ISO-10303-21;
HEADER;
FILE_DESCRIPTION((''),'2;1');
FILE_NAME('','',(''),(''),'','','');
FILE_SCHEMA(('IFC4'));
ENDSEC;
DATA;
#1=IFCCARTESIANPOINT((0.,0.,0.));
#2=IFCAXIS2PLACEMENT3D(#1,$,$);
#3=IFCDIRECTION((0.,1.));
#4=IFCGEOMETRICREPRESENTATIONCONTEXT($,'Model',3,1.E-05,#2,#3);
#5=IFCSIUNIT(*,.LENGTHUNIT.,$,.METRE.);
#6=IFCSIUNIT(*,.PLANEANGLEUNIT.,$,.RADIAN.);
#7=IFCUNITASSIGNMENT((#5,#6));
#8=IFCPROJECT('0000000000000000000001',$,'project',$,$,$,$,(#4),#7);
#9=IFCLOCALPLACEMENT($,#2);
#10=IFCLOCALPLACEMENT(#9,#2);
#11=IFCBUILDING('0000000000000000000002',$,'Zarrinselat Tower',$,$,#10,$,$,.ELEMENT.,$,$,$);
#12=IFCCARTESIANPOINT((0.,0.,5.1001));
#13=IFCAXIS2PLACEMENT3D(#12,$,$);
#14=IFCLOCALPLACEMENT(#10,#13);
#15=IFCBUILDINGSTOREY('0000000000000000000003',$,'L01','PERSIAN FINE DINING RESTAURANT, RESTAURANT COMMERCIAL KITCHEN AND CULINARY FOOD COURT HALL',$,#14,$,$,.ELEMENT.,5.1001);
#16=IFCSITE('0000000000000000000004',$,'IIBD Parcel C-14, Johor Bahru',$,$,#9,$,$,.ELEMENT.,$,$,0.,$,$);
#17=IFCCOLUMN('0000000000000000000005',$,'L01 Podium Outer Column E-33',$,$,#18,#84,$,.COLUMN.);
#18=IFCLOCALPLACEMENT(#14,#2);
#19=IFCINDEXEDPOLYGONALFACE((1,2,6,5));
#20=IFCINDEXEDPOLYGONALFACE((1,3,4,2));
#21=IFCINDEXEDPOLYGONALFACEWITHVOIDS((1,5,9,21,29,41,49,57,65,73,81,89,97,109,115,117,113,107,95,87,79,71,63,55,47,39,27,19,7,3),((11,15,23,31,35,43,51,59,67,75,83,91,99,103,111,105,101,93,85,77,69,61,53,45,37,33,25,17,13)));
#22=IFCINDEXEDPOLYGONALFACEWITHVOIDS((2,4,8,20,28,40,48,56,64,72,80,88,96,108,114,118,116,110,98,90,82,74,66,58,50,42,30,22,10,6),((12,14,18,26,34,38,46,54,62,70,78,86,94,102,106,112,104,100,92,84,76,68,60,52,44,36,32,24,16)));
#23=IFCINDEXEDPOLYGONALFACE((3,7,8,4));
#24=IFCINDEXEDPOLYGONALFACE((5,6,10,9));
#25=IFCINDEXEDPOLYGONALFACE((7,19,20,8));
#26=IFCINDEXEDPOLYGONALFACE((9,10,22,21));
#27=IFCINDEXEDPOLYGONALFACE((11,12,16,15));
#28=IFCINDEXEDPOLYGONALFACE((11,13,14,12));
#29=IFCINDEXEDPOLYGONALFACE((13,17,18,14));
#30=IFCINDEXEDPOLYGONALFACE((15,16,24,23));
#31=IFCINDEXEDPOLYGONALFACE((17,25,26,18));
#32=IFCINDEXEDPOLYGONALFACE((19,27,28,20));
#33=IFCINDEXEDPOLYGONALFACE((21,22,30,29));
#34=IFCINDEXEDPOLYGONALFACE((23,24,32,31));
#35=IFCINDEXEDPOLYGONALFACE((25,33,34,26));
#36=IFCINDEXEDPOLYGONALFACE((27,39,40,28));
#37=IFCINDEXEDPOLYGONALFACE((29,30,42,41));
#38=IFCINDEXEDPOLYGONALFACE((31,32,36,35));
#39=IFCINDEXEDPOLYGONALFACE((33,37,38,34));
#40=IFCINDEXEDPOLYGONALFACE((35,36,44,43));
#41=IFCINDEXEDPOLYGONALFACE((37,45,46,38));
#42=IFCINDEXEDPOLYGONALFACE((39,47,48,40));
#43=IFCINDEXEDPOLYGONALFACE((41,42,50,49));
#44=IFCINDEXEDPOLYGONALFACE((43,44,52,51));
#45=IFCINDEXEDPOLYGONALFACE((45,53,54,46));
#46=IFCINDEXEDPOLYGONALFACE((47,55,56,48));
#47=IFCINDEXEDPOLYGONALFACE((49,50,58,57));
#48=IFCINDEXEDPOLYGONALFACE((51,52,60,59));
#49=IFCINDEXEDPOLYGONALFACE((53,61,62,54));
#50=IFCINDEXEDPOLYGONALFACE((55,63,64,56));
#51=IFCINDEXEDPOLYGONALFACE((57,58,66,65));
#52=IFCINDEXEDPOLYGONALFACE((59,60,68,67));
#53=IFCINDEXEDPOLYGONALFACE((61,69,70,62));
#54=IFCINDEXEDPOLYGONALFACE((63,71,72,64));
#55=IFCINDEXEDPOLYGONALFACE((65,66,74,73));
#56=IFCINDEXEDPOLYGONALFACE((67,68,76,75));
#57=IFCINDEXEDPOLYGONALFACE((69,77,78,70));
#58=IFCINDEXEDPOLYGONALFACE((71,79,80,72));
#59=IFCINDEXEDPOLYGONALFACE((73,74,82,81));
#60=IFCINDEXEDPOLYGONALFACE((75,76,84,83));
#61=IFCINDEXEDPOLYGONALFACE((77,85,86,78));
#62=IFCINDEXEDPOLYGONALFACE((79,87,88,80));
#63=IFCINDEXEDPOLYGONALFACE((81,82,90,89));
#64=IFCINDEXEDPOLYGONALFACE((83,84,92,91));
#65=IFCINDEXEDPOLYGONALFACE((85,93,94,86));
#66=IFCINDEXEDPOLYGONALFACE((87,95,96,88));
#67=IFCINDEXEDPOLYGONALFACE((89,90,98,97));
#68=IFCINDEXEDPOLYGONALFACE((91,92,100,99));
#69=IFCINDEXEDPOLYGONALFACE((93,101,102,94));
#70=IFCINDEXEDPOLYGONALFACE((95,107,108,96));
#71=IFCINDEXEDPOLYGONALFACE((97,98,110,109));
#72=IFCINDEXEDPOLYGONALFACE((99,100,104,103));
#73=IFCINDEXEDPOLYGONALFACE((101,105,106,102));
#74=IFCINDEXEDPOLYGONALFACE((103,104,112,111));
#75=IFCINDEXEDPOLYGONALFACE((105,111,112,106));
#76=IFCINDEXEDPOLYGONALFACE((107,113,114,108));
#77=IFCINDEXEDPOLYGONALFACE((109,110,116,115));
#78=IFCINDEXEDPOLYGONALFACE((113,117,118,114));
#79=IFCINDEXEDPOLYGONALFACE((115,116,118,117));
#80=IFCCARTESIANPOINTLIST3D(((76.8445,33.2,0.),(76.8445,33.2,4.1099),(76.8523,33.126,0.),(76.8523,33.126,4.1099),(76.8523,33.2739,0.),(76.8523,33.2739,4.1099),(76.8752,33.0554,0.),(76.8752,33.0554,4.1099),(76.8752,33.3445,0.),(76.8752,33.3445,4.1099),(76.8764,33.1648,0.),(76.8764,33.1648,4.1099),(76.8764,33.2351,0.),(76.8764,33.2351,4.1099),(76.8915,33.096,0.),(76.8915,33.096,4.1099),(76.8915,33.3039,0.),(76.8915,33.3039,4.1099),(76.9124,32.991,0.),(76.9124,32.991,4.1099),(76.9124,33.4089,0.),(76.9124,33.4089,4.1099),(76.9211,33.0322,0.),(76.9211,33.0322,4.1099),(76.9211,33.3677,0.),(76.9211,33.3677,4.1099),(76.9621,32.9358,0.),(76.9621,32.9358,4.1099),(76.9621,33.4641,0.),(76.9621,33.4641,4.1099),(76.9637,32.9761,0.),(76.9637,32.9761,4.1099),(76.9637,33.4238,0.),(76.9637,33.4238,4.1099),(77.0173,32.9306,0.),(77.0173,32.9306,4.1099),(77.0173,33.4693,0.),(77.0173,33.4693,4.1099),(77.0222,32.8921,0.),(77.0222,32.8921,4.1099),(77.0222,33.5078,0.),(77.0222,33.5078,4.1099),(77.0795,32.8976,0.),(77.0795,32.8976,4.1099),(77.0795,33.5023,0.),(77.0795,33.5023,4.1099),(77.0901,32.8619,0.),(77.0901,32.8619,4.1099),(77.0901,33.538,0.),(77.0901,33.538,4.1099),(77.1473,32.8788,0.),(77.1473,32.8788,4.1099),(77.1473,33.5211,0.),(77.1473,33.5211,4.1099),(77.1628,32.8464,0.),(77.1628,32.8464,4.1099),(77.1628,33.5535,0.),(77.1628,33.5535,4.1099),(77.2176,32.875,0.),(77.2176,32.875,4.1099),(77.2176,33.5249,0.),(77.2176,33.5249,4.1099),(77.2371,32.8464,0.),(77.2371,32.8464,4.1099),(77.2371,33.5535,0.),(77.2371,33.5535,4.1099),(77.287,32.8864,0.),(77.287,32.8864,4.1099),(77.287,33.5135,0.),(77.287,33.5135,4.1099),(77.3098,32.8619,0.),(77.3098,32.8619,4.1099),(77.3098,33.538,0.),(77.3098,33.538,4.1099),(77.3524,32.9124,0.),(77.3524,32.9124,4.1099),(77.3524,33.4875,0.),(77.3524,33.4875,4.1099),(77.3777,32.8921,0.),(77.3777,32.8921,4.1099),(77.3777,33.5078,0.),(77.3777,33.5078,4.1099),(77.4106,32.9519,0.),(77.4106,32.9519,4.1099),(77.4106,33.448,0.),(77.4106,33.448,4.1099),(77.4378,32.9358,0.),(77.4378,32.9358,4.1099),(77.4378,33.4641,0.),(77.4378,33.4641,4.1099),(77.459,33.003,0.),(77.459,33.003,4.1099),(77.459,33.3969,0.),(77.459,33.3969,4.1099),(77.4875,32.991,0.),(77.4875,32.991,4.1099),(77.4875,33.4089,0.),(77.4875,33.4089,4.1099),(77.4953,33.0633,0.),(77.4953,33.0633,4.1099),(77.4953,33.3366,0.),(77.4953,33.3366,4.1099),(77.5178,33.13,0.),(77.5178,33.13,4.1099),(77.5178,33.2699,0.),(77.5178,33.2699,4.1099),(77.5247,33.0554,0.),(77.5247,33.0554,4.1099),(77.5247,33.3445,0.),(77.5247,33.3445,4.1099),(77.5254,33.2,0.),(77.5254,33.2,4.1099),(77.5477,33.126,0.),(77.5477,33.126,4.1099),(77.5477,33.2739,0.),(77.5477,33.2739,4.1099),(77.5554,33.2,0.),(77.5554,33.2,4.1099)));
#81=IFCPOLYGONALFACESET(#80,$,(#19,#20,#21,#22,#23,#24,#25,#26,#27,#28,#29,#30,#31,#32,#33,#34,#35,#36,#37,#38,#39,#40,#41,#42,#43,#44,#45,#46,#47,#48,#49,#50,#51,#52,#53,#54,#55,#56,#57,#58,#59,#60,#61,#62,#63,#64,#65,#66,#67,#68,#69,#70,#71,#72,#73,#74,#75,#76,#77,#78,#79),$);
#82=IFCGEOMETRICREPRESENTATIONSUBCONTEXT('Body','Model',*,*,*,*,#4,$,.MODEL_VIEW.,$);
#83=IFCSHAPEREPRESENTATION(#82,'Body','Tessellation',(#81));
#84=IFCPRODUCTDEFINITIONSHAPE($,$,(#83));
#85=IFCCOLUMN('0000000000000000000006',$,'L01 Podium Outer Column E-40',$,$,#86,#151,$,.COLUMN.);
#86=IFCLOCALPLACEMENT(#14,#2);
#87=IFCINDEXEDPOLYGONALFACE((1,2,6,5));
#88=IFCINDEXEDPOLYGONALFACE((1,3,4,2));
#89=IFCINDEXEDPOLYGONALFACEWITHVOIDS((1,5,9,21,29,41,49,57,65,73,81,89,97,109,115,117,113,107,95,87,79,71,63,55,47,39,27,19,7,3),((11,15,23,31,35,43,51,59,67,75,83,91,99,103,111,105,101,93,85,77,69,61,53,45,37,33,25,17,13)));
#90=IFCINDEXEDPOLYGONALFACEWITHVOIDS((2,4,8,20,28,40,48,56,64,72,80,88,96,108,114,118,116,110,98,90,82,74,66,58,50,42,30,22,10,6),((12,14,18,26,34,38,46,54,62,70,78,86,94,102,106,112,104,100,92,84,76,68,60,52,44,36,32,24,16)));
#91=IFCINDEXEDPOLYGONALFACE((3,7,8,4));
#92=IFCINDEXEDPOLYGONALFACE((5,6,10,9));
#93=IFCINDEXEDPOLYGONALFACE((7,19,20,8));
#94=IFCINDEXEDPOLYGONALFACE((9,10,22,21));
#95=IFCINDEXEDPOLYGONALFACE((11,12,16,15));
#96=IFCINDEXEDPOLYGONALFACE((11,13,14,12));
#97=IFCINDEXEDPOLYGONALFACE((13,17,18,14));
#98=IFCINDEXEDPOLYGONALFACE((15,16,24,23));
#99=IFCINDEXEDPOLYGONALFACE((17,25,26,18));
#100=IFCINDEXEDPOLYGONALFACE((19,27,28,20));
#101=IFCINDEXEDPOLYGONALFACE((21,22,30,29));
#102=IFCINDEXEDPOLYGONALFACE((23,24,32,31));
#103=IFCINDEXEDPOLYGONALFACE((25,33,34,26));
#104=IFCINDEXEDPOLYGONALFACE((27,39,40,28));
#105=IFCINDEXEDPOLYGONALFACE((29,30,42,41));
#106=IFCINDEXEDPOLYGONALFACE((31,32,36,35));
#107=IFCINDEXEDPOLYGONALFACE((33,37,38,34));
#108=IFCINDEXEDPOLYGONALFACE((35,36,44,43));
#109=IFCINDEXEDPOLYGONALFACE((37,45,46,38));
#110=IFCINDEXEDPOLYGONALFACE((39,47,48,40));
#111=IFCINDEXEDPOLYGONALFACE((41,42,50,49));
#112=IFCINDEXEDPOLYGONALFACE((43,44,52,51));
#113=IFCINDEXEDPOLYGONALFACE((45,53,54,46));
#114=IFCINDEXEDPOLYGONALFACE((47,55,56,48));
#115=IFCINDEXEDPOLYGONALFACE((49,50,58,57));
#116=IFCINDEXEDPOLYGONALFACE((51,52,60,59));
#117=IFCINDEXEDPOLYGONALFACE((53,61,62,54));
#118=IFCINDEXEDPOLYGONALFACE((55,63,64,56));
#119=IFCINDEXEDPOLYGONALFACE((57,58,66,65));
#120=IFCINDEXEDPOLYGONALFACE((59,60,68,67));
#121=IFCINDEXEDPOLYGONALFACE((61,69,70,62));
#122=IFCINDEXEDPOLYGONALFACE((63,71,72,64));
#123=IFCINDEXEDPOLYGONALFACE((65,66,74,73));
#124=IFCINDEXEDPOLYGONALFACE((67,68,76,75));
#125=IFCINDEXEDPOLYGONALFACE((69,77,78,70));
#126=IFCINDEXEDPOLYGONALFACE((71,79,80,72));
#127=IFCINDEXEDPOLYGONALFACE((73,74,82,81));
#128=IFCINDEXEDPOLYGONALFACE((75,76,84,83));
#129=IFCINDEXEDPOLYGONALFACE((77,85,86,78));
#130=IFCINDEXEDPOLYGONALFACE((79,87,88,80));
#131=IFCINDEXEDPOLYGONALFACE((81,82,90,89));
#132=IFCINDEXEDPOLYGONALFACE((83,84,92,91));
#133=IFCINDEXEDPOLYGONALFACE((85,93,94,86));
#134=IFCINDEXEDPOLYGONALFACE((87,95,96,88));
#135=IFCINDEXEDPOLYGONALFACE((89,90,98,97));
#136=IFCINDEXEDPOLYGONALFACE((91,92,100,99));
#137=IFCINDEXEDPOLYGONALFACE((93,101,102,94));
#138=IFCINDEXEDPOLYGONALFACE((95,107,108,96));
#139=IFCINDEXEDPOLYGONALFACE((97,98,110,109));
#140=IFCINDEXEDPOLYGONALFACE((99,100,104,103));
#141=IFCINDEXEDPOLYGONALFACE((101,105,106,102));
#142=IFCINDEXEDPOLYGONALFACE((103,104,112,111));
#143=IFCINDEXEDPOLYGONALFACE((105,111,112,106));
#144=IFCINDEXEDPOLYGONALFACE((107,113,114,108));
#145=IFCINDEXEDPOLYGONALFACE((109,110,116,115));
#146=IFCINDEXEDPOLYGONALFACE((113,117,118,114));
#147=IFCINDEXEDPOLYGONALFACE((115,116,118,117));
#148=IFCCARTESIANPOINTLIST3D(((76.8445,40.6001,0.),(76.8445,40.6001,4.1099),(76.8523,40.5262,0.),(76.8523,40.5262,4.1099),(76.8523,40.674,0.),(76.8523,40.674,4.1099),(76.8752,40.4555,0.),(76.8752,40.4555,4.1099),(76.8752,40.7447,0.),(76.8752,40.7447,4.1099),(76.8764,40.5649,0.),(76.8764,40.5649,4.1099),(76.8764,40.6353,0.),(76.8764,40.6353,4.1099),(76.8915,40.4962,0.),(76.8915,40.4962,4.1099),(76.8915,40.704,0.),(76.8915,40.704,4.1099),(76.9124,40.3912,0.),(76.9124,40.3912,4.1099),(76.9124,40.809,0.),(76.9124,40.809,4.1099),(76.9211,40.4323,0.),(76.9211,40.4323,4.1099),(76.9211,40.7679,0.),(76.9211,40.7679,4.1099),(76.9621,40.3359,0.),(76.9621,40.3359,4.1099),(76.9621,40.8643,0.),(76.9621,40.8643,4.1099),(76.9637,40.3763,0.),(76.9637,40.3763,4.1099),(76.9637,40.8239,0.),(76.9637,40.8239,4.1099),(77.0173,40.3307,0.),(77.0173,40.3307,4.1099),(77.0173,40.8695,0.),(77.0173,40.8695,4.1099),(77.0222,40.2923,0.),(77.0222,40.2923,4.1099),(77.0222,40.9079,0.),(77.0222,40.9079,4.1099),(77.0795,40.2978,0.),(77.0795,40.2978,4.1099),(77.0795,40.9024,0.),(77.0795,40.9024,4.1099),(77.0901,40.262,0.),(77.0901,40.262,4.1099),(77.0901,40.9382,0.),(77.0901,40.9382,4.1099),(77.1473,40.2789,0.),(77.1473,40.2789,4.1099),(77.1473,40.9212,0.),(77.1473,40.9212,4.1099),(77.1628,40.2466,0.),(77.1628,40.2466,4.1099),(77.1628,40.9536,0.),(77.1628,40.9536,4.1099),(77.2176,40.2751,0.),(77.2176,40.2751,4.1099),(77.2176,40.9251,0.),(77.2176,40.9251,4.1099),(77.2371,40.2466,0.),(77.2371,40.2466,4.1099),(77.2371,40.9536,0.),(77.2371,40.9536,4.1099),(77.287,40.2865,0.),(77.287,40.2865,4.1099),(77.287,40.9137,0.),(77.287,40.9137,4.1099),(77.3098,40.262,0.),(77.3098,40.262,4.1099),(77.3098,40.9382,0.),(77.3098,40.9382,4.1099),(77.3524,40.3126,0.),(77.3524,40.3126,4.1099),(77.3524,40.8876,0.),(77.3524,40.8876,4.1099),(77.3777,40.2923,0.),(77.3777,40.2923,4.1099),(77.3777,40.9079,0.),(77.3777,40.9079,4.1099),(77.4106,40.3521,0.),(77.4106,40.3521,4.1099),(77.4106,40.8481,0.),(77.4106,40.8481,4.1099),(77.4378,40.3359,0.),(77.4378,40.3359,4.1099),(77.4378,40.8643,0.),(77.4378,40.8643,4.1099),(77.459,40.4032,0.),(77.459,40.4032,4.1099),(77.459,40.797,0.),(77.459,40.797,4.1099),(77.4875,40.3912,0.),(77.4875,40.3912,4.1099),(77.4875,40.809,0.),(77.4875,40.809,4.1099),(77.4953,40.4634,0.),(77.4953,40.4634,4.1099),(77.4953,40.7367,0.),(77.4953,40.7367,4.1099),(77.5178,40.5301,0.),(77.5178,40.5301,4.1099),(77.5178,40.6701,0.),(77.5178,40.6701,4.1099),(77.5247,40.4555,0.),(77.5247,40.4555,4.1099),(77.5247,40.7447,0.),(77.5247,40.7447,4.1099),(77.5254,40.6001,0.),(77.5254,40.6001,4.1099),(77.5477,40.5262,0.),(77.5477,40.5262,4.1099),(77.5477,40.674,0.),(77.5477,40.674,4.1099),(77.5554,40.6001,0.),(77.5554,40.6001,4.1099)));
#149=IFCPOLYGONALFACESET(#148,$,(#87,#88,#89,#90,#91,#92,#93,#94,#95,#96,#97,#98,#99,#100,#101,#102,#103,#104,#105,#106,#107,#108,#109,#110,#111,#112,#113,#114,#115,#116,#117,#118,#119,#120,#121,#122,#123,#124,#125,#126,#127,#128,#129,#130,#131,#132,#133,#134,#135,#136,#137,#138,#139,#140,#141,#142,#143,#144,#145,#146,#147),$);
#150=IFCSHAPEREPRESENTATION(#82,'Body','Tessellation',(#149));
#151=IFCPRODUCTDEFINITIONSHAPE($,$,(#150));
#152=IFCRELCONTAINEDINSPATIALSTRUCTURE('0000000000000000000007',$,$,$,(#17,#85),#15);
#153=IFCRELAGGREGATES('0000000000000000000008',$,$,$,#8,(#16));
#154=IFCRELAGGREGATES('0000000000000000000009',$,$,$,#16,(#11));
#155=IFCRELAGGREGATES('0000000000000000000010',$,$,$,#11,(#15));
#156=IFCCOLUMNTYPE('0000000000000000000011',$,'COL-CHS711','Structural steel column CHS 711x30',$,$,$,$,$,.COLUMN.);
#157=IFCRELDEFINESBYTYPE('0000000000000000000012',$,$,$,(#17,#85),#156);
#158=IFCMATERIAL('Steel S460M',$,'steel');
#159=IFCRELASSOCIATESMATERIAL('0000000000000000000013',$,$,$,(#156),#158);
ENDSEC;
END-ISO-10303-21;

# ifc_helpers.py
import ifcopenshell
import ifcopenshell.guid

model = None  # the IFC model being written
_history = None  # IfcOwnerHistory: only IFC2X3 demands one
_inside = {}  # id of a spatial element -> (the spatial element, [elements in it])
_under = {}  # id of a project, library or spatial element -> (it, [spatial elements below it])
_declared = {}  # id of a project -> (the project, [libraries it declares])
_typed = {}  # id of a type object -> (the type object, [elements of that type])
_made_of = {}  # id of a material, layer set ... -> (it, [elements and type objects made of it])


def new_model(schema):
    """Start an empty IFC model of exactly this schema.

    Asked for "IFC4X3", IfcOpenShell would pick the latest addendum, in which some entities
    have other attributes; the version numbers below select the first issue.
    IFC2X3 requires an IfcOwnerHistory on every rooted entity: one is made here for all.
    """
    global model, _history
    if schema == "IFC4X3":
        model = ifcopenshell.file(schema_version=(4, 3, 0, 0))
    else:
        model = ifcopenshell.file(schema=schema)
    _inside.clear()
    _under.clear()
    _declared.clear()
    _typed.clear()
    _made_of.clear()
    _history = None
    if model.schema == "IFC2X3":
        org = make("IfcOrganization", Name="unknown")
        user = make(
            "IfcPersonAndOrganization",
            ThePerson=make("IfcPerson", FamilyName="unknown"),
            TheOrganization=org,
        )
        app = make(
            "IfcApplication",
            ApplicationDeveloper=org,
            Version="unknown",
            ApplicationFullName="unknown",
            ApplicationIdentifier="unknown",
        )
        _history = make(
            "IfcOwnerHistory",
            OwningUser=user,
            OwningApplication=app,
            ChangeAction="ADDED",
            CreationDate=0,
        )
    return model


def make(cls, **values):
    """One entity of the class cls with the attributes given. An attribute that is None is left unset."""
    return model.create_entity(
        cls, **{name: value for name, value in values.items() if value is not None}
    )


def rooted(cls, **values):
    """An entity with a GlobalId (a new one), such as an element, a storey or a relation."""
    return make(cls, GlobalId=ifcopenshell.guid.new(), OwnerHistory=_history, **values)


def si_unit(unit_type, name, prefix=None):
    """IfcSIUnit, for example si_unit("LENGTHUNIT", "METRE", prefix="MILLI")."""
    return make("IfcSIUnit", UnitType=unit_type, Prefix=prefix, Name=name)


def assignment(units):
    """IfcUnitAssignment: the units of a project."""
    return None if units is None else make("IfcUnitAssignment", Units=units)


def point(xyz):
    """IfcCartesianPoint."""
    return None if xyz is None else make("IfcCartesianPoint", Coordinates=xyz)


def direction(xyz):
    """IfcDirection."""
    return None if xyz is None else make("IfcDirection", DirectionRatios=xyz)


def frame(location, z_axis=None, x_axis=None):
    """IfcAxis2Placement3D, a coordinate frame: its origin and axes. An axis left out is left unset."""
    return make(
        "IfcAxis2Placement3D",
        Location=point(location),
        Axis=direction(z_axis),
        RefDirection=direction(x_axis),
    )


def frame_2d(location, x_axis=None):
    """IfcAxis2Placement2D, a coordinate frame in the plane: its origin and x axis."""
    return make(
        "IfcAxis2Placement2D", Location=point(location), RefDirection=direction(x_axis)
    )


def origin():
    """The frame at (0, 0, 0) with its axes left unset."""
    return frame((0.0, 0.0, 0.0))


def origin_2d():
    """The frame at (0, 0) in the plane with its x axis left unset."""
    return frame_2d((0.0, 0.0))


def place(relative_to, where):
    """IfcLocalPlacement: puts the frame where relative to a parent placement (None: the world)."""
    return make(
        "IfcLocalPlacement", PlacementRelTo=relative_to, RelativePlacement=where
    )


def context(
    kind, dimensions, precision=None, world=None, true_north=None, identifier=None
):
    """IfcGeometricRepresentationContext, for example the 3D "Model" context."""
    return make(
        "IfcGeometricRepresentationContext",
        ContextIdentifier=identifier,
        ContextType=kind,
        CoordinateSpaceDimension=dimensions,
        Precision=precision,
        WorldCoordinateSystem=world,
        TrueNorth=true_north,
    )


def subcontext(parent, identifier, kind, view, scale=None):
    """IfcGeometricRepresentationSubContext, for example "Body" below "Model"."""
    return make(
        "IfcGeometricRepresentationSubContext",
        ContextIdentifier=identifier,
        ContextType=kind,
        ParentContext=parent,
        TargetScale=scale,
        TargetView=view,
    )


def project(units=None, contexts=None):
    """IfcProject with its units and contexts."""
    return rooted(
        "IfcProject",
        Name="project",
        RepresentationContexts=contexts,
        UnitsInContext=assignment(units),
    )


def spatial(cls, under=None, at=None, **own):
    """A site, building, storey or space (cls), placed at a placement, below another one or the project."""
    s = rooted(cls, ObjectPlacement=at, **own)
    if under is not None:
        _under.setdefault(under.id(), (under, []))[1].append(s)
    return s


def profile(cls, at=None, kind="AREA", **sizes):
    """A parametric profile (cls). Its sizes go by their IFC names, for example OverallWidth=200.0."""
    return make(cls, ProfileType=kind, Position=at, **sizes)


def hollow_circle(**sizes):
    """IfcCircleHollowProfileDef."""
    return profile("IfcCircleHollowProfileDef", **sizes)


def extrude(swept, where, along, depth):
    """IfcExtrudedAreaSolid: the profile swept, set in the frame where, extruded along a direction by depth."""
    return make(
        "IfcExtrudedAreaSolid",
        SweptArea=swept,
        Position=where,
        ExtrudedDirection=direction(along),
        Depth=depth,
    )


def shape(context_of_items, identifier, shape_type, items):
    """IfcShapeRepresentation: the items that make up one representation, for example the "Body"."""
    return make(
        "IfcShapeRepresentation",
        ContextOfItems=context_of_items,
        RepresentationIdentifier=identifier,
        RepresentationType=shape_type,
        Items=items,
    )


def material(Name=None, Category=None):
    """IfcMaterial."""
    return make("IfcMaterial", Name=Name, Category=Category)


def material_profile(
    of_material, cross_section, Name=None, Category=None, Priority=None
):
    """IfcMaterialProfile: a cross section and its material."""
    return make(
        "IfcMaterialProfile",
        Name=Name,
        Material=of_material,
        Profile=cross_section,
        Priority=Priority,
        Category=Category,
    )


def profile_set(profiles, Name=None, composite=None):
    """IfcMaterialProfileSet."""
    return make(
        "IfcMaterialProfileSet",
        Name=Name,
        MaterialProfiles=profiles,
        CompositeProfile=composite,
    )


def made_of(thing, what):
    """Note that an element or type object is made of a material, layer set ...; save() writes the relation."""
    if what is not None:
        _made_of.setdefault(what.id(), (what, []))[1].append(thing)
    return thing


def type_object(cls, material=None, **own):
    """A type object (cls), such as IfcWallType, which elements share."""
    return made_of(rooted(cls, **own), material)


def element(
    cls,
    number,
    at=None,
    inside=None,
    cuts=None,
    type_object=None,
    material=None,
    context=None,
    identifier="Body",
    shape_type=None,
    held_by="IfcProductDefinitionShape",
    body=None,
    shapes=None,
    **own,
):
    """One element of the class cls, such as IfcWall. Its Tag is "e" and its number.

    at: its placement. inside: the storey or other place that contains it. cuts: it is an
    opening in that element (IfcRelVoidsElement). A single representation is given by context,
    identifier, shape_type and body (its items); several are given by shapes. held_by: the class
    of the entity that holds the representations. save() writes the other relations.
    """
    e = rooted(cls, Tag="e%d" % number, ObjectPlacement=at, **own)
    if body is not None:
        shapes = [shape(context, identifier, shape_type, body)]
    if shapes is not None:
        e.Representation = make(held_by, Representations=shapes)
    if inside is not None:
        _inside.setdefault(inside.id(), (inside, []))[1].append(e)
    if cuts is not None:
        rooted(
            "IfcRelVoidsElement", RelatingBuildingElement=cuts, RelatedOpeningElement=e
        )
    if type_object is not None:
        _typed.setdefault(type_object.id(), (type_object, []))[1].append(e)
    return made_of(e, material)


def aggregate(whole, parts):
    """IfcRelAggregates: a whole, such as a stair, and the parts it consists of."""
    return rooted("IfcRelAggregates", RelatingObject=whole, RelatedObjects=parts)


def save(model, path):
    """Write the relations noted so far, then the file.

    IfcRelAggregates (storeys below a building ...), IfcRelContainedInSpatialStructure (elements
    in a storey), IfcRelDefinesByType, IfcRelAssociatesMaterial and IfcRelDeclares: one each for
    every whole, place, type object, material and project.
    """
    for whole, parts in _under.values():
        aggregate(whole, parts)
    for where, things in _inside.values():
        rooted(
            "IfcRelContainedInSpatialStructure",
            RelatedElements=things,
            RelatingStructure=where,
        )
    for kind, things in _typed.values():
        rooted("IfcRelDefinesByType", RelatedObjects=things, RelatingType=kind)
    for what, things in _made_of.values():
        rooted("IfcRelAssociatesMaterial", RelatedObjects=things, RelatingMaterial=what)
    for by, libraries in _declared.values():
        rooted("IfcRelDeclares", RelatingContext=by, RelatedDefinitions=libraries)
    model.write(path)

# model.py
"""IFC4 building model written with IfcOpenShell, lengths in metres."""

from ifc_helpers import new_model, si_unit, direction, frame, origin, origin_2d, place, context, subcontext, project, spatial, hollow_circle, extrude, material, material_profile, profile_set, type_object, element, save


model = new_model("IFC4")

# Units and contexts
model_context = context("Model", 3, precision=1e-05, world=origin(), true_north=direction((0.0, 1.0)))
body_context = subcontext(model_context, "Body", "Model", "MODEL_VIEW")
ifc_project = project(units=[si_unit("LENGTHUNIT", "METRE"), si_unit("PLANEANGLEUNIT", "RADIAN")], contexts=[model_context])

# Site, building, storey
site_placement = place(None, origin())
site = spatial("IfcSite", under=ifc_project, at=site_placement, Name="IIBD Parcel C-14, Johor Bahru", CompositionType="ELEMENT", RefElevation=0.0)
building_placement = place(site_placement, origin())
building = spatial("IfcBuilding", under=site, at=building_placement, Name="Zarrinselat Tower", CompositionType="ELEMENT")
storey_placement = place(building_placement, frame((0.0, 0.0, 5.1001)))
storey = spatial("IfcBuildingStorey", under=building, at=storey_placement, Name="L01", Description="PERSIAN FINE DINING RESTAURANT, RESTAURANT COMMERCIAL KITCHEN AND CULINARY FOOD COURT HALL", CompositionType="ELEMENT", Elevation=5.1001)

# Columns
ifc_material_1 = material(Name="Steel S460M", Category="steel")
ifc_material_profile_1 = material_profile(ifc_material_1, hollow_circle(Radius=0.3555, WallThickness=0.03, at=origin_2d()), Name="CHS 711x30")
ifc_profile_set_1 = profile_set([ifc_material_profile_1], Name="Steel S460M")
column_type = type_object("IfcColumnType", Name="COL-CHS711", Description="Structural steel column CHS 711x30", PredefinedType="COLUMN", material=ifc_profile_set_1)
for number, where, z_axis, x_axis, name in (
    (1, (77.2, 33.2, 0.0), (0.0, 0.0, 1.0), (1.0, 0.0, 0.0), "L01 Podium Outer Column E-33"),
    (2, (77.2, 40.6001, 0.0), (0.0, 0.0, 1.0), (1.0, 0.0, 0.0), "L01 Podium Outer Column E-40"),
):
    element("IfcColumn", number, at=place(storey_placement, frame(where, z_axis=z_axis, x_axis=x_axis)), inside=storey, type_object=column_type, Name=name, PredefinedType="COLUMN", context=body_context, shape_type="SweptSolid", body=[
        extrude(hollow_circle(Radius=0.3555, WallThickness=0.03, at=origin_2d()), origin(), (0.0, 0.0, 1.0), 4.1099),
    ])

save(model, "model.ifc")
